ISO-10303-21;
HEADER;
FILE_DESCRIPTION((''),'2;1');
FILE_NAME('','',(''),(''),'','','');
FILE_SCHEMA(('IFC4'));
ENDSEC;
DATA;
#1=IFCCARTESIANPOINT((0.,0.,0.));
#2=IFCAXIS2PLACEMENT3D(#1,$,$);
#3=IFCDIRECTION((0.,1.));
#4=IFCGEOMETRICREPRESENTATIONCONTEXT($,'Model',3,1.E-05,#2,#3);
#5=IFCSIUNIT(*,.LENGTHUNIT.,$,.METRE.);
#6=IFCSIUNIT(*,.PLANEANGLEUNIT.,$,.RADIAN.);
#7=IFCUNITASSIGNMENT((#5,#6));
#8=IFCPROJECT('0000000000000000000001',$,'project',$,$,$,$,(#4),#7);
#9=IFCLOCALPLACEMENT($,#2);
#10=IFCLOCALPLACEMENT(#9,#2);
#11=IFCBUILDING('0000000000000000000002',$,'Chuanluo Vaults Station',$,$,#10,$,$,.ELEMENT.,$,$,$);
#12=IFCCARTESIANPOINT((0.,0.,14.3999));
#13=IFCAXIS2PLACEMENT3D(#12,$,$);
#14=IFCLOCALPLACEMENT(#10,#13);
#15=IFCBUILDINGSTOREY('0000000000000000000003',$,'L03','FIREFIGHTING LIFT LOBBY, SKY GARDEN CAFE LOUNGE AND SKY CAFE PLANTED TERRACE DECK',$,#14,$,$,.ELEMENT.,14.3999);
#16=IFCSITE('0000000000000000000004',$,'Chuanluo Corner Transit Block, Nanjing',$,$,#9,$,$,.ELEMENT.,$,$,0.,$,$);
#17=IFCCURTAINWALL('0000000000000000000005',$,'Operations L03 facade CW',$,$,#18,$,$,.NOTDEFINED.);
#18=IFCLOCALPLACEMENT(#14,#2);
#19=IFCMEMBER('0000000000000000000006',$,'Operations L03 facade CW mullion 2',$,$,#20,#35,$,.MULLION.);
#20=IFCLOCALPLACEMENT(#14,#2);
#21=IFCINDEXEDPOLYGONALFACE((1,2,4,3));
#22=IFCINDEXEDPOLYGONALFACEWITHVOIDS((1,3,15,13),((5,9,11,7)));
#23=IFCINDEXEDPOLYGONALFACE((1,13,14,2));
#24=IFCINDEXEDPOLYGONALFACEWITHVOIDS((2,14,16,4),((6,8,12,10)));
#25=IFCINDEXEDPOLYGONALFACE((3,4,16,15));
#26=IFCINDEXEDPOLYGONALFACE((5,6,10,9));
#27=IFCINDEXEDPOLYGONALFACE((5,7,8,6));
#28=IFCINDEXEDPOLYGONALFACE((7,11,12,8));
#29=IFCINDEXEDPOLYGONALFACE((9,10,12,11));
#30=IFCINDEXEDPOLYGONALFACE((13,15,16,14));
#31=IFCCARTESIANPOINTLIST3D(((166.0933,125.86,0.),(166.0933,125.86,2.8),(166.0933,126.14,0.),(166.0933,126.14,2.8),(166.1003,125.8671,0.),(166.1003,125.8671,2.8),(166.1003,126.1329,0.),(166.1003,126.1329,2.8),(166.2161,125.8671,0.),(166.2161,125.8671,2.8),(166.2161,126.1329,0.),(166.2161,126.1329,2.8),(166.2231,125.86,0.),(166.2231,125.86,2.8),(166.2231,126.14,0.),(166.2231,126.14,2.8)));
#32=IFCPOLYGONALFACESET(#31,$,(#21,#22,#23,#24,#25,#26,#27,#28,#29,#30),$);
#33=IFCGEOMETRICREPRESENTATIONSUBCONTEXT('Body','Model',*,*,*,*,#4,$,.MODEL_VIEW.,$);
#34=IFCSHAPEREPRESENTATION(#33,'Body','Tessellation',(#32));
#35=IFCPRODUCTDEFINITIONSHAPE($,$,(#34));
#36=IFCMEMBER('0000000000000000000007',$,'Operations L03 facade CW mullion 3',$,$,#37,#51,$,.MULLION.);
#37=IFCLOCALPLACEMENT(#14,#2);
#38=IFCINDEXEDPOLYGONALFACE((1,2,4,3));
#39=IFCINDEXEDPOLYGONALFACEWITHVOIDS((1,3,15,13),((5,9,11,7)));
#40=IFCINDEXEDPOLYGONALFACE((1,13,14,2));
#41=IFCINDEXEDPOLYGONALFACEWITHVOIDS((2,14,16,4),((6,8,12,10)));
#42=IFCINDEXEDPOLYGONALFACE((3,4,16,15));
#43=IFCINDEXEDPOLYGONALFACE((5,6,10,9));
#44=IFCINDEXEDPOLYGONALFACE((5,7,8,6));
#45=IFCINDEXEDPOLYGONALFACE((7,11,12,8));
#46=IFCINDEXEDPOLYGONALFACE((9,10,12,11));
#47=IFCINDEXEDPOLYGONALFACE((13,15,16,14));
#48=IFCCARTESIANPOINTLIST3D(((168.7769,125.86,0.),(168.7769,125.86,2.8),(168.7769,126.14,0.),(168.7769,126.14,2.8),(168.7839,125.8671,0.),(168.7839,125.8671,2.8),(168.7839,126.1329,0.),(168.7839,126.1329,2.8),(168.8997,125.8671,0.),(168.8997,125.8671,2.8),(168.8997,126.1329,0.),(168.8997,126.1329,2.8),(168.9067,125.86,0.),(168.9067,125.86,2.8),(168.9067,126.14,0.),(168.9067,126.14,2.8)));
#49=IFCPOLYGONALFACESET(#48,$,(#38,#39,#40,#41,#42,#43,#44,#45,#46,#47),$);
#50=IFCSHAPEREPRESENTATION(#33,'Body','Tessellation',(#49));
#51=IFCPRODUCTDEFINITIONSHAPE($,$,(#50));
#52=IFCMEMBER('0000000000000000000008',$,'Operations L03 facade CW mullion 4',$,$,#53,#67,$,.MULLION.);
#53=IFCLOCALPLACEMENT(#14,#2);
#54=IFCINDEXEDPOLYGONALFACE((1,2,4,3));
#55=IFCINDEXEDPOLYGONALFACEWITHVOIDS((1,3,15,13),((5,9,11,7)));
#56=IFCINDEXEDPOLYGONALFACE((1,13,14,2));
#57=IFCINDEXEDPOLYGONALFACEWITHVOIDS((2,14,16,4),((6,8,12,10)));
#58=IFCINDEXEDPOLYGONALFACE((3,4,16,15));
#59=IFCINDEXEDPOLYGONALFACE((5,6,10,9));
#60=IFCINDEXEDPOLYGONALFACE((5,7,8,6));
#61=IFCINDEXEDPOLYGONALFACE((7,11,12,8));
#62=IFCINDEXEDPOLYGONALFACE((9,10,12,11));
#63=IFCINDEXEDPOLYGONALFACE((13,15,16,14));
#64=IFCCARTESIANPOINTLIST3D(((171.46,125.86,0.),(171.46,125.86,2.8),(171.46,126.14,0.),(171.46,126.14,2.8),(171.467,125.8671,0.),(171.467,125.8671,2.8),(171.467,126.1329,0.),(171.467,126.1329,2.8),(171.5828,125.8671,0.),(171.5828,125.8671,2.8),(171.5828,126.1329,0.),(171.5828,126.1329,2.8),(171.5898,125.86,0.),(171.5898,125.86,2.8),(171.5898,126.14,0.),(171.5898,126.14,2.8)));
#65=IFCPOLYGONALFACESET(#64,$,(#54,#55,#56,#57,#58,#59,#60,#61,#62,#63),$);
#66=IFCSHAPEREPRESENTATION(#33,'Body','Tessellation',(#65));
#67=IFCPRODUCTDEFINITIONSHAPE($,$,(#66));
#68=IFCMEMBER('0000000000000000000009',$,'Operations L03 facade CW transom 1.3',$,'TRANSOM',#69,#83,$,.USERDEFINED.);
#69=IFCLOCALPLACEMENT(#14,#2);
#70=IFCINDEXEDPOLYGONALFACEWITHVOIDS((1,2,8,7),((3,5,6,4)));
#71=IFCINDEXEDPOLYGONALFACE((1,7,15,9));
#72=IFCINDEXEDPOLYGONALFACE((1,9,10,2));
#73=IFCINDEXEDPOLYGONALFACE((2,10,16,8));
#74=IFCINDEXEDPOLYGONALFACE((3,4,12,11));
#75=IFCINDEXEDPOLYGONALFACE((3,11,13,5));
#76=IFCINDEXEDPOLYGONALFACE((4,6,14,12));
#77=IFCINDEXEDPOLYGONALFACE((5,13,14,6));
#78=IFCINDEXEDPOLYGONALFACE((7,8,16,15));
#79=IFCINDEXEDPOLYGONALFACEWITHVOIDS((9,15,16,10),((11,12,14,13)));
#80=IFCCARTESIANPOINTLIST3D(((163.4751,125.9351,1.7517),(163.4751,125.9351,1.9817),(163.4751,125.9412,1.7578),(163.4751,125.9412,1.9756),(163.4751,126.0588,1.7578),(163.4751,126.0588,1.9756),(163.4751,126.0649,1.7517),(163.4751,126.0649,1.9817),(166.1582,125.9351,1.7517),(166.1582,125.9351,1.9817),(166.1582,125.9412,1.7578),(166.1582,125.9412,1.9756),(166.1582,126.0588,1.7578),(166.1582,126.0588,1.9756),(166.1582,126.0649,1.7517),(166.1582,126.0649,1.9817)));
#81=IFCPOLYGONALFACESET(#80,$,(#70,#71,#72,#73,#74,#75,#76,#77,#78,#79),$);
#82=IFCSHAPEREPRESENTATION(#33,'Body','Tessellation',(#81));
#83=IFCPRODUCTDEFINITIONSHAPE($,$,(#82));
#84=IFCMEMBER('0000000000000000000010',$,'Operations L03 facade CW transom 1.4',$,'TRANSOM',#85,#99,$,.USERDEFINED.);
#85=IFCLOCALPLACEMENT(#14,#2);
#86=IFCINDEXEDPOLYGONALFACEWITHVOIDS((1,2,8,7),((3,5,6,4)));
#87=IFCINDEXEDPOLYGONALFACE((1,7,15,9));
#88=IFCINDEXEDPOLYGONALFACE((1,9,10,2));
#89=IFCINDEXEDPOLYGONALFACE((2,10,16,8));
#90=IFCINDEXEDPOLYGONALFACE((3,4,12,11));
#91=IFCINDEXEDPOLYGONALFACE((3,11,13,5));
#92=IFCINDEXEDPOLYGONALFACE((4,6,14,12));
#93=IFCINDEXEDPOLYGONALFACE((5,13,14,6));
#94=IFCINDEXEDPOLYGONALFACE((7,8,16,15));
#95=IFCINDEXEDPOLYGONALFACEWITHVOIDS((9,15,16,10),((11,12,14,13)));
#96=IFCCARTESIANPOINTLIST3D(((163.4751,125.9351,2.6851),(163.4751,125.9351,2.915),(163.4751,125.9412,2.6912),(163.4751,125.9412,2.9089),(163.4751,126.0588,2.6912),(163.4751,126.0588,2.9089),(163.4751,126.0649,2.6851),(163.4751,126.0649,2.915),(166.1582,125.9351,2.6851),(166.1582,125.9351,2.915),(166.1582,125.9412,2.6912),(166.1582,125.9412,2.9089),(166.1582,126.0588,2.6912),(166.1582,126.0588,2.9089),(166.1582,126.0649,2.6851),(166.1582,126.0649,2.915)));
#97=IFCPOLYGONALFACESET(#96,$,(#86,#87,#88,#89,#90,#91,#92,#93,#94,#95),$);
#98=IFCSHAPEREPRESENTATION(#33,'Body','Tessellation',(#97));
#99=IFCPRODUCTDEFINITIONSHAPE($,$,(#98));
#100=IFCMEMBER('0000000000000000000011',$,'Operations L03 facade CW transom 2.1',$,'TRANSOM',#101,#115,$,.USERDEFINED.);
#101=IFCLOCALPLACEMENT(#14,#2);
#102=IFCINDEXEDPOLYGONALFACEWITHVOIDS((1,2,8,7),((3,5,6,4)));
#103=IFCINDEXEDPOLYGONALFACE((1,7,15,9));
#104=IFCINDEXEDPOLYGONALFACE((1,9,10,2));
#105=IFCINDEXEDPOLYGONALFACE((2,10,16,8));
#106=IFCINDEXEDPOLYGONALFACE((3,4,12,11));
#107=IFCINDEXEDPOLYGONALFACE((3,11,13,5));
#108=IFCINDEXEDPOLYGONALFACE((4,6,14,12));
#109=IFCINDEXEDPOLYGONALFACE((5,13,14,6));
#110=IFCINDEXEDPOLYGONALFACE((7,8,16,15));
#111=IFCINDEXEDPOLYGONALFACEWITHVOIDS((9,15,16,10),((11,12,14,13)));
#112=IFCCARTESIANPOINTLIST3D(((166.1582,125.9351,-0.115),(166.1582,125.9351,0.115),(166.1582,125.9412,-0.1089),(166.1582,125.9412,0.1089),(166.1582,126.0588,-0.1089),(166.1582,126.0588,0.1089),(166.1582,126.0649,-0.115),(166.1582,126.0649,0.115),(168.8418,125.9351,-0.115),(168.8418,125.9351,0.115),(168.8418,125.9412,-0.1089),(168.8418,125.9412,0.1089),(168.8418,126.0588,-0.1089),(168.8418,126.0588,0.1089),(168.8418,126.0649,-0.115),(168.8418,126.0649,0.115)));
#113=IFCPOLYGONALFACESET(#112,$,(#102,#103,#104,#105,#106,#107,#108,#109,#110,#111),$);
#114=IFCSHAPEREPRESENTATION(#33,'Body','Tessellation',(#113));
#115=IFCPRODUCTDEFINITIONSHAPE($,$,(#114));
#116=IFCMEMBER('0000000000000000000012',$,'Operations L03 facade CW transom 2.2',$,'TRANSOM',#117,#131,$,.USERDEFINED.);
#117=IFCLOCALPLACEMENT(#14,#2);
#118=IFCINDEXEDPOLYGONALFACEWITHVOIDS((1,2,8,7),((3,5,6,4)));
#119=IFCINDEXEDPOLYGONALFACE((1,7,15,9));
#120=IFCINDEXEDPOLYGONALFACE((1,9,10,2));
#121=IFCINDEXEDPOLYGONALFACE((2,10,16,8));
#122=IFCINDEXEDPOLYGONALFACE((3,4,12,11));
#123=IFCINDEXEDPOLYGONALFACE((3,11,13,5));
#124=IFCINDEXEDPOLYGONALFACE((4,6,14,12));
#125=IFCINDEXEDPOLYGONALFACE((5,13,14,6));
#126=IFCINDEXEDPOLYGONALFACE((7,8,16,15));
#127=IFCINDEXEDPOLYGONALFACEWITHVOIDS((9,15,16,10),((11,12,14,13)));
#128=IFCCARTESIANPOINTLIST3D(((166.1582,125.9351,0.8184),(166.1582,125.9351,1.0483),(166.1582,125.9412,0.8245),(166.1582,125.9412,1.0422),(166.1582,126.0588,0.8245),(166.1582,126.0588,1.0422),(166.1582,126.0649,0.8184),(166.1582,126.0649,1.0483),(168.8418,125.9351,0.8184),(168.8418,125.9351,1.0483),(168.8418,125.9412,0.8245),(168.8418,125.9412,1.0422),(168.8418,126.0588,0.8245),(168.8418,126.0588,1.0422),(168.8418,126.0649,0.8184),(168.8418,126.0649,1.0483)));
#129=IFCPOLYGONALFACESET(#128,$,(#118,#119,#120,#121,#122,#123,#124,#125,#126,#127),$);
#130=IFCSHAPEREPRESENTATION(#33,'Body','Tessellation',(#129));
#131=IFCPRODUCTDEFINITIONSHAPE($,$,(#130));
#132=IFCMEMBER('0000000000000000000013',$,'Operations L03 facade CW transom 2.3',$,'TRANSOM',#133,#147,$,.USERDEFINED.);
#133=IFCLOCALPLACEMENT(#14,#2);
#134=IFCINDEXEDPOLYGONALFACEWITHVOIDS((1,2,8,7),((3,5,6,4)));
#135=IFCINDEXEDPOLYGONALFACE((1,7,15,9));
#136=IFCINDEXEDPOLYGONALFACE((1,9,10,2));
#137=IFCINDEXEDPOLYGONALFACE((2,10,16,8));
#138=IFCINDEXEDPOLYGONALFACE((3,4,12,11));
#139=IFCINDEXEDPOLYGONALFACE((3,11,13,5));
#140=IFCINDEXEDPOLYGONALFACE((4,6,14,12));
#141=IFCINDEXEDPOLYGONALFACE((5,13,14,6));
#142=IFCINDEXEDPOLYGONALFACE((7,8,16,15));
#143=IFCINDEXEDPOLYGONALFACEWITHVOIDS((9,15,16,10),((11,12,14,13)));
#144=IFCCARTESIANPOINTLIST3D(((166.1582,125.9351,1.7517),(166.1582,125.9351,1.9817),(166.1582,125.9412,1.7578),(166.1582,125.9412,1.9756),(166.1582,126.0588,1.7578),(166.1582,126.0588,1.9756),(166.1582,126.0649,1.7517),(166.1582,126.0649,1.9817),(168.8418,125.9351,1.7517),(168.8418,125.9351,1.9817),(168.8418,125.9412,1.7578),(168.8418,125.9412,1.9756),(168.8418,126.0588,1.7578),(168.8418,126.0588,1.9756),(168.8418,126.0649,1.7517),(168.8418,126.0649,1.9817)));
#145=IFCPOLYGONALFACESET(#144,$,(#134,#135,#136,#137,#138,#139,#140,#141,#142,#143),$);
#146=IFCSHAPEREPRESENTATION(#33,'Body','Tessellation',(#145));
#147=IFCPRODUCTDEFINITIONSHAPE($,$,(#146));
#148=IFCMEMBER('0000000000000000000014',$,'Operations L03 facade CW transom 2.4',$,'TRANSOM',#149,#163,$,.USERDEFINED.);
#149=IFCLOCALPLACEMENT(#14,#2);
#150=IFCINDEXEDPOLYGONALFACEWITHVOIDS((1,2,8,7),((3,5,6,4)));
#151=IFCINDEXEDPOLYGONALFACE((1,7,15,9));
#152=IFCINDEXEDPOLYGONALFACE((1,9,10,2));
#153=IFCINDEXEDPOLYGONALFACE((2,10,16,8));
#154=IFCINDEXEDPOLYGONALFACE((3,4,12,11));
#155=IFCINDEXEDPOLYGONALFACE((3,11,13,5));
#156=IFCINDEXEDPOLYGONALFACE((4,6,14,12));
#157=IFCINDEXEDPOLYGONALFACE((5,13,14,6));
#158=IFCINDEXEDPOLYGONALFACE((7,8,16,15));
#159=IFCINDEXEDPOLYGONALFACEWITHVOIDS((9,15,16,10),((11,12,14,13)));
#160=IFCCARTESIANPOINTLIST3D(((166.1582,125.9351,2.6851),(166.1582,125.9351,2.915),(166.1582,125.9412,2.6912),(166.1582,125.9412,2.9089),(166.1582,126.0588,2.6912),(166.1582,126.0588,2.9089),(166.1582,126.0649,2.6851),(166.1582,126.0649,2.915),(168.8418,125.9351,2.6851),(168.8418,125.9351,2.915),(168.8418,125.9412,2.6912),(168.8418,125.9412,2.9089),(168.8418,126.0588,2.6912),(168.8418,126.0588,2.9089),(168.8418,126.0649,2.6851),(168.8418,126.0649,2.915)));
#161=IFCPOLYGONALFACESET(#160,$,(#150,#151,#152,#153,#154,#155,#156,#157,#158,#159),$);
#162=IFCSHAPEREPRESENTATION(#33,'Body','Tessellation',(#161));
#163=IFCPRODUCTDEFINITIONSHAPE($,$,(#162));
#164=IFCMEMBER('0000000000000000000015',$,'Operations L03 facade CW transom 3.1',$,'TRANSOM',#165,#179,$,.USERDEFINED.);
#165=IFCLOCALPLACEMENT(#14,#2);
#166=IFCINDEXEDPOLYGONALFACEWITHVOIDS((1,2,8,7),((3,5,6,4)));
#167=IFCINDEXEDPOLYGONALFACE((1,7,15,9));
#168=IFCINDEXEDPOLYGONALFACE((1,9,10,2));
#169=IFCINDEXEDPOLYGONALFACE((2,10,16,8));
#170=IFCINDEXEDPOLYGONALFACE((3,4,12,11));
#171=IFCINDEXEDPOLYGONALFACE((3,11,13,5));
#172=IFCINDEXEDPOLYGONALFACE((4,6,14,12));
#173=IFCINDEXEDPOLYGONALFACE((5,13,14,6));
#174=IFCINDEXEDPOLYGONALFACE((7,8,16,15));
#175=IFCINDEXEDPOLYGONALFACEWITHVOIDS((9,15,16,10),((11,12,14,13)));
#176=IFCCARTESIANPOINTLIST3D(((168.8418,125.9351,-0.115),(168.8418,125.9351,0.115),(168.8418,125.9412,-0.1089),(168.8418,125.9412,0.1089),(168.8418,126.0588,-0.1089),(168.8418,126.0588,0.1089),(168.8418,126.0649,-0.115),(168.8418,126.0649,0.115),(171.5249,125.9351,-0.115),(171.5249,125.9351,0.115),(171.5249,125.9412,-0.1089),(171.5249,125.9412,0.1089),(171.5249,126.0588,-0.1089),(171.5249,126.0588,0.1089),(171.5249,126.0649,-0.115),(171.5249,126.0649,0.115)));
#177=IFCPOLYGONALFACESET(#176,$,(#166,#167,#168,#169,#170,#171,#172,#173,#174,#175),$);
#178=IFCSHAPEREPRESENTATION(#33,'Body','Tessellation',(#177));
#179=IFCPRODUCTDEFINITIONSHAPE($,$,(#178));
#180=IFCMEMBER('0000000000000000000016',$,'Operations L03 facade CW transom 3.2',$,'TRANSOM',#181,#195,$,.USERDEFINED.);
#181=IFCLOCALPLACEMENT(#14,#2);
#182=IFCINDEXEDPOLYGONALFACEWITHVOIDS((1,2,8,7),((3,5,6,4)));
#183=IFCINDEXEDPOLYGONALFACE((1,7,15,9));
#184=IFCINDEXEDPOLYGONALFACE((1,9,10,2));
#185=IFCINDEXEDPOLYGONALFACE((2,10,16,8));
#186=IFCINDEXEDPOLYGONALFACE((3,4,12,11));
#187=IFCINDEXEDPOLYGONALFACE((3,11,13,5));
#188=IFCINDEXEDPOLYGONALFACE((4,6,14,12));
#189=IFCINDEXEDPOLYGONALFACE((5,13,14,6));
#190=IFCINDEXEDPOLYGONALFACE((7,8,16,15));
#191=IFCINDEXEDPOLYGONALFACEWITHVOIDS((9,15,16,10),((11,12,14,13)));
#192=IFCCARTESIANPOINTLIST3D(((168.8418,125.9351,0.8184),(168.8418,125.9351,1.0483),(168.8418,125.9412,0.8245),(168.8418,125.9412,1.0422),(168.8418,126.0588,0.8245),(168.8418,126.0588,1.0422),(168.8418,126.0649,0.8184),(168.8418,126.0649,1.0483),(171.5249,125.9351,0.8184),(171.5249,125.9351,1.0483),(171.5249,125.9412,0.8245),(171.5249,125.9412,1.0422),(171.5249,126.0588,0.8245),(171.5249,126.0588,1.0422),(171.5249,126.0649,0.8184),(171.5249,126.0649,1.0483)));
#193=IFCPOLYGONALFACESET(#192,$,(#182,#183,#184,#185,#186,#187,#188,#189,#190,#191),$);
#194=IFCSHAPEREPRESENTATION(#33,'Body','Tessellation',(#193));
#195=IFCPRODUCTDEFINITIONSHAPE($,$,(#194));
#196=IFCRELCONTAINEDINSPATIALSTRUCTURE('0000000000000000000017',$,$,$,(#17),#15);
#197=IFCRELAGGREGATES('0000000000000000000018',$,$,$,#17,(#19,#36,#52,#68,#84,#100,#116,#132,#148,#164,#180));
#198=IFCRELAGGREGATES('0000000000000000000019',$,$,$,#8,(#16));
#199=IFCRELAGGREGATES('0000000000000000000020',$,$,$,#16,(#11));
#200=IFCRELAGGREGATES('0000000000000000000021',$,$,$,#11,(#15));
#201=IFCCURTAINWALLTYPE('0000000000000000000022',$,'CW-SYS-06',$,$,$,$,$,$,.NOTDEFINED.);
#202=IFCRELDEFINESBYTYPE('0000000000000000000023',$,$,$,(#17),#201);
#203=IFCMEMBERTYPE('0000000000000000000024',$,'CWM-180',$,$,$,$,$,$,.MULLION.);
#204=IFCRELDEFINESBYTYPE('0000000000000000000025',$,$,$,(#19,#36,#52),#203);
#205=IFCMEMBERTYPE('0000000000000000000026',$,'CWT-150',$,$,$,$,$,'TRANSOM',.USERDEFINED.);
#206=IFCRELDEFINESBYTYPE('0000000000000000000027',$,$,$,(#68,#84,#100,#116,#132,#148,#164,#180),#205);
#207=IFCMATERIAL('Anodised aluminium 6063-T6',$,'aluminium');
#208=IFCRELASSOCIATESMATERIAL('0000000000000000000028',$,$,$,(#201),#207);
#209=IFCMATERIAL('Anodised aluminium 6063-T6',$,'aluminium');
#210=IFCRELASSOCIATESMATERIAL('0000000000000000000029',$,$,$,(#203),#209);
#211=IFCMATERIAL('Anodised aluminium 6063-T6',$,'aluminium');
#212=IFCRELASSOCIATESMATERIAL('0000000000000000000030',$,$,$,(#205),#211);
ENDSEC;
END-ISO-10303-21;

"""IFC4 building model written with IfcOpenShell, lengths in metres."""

from ifc_helpers import new_model, si_unit, direction, frame, origin, origin_2d, place, context, subcontext, project, spatial, hollow_rectangle, extrude, material, material_profile, profile_set, type_object, element, aggregate, save


model = new_model("IFC4")

# Units and contexts
model_context = context("Model", 3, precision=1e-05, world=origin(), true_north=direction((0.0, 1.0)))
body_context = subcontext(model_context, "Body", "Model", "MODEL_VIEW")
ifc_project = project(units=[si_unit("LENGTHUNIT", "METRE"), si_unit("PLANEANGLEUNIT", "RADIAN")], contexts=[model_context])

# Site, building, storey
site_placement = place(None, origin())
site = spatial("IfcSite", under=ifc_project, at=site_placement, Name="Chuanluo Corner Transit Block, Nanjing", CompositionType="ELEMENT", RefElevation=0.0)
building_placement = place(site_placement, origin())
building = spatial("IfcBuilding", under=site, at=building_placement, Name="Chuanluo Vaults Station", CompositionType="ELEMENT")
storey_placement = place(building_placement, frame((0.0, 0.0, 14.3999)))
storey = spatial("IfcBuildingStorey", under=building, at=storey_placement, Name="L03", Description="FIREFIGHTING LIFT LOBBY, SKY GARDEN CAFE LOUNGE AND SKY CAFE PLANTED TERRACE DECK", CompositionType="ELEMENT", Elevation=14.3999)

# Curtain wall, members
ifc_material_1 = material(Name="Anodised aluminium 6063-T6", Category="aluminium")
curtain_wall_type = type_object("IfcCurtainWallType", Name="CW-SYS-06", PredefinedType="NOTDEFINED", material=ifc_material_1)
curtain_wall_placement = place(storey_placement, origin())
curtain_wall = element("IfcCurtainWall", 1, at=curtain_wall_placement, inside=storey, type_object=curtain_wall_type, Name="Operations L03 facade CW", PredefinedType="NOTDEFINED")
ifc_material_2 = material(Name="Anodised aluminium 6063-T6", Category="aluminium")
ifc_material_profile_1 = material_profile(ifc_material_2, hollow_rectangle(XDim=0.1299, YDim=0.28, WallThickness=0.0071, at=origin_2d()))
ifc_profile_set_1 = profile_set([ifc_material_profile_1], Name="Anodised aluminium 6063-T6")
member_type_1 = type_object("IfcMemberType", Name="CWM-180", PredefinedType="MULLION", material=ifc_profile_set_1)
member_1_placement = place(storey_placement, frame((166.1582, 126.0, 0.0), z_axis=(0.0, 0.0, 1.0), x_axis=(1.0, 0.0, 0.0)))
member_1 = element("IfcMember", 2, at=member_1_placement, type_object=member_type_1, Name="Operations L03 facade CW mullion 2", PredefinedType="MULLION", context=body_context, shape_type="SweptSolid", body=[
    extrude(hollow_rectangle(XDim=0.1299, YDim=0.28, WallThickness=0.0071, at=origin_2d()), origin(), (0.0, 0.0, 1.0), 2.8),
])
member_2_placement = place(storey_placement, frame((168.8418, 126.0, 0.0), z_axis=(0.0, 0.0, 1.0), x_axis=(1.0, 0.0, 0.0)))
member_2 = element("IfcMember", 3, at=member_2_placement, type_object=member_type_1, Name="Operations L03 facade CW mullion 3", PredefinedType="MULLION", context=body_context, shape_type="SweptSolid", body=[
    extrude(hollow_rectangle(XDim=0.1299, YDim=0.28, WallThickness=0.0071, at=origin_2d()), origin(), (0.0, 0.0, 1.0), 2.8),
])
member_3_placement = place(storey_placement, frame((171.5249, 126.0, 0.0), z_axis=(0.0, 0.0, 1.0), x_axis=(1.0, 0.0, 0.0)))
member_3 = element("IfcMember", 4, at=member_3_placement, type_object=member_type_1, Name="Operations L03 facade CW mullion 4", PredefinedType="MULLION", context=body_context, shape_type="SweptSolid", body=[
    extrude(hollow_rectangle(XDim=0.1299, YDim=0.28, WallThickness=0.0071, at=origin_2d()), origin(), (0.0, 0.0, 1.0), 2.8),
])
ifc_material_3 = material(Name="Anodised aluminium 6063-T6", Category="aluminium")
ifc_material_profile_2 = material_profile(ifc_material_3, hollow_rectangle(XDim=0.1299, YDim=0.23, WallThickness=0.0061, at=origin_2d()))
ifc_profile_set_2 = profile_set([ifc_material_profile_2], Name="Anodised aluminium 6063-T6")
member_type_2 = type_object("IfcMemberType", Name="CWT-150", ElementType="TRANSOM", PredefinedType="USERDEFINED", material=ifc_profile_set_2)
member_4_placement = place(storey_placement, frame((163.4751, 126.0, 1.8667), z_axis=(1.0, 0.0, 0.0), x_axis=(0.0, 1.0, 0.0)))
member_4 = element("IfcMember", 5, at=member_4_placement, type_object=member_type_2, Name="Operations L03 facade CW transom 1.3", ObjectType="TRANSOM", PredefinedType="USERDEFINED", context=body_context, shape_type="SweptSolid", body=[
    extrude(hollow_rectangle(XDim=0.1299, YDim=0.23, WallThickness=0.0061, at=origin_2d()), origin(), (0.0, 0.0, 1.0), 2.6831),
])
member_5_placement = place(storey_placement, frame((163.4751, 126.0, 2.8), z_axis=(1.0, 0.0, 0.0), x_axis=(0.0, 1.0, 0.0)))
member_5 = element("IfcMember", 6, at=member_5_placement, type_object=member_type_2, Name="Operations L03 facade CW transom 1.4", ObjectType="TRANSOM", PredefinedType="USERDEFINED", context=body_context, shape_type="SweptSolid", body=[
    extrude(hollow_rectangle(XDim=0.1299, YDim=0.23, WallThickness=0.0061, at=origin_2d()), origin(), (0.0, 0.0, 1.0), 2.6831),
])
member_6_placement = place(storey_placement, frame((166.1582, 126.0, 0.0), z_axis=(1.0, 0.0, 0.0), x_axis=(0.0, 1.0, 0.0)))
member_6 = element("IfcMember", 7, at=member_6_placement, type_object=member_type_2, Name="Operations L03 facade CW transom 2.1", ObjectType="TRANSOM", PredefinedType="USERDEFINED", context=body_context, shape_type="SweptSolid", body=[
    extrude(hollow_rectangle(XDim=0.1299, YDim=0.23, WallThickness=0.0061, at=origin_2d()), origin(), (0.0, 0.0, 1.0), 2.6836),
])
member_7_placement = place(storey_placement, frame((166.1582, 126.0, 0.9333), z_axis=(1.0, 0.0, 0.0), x_axis=(0.0, 1.0, 0.0)))
member_7 = element("IfcMember", 8, at=member_7_placement, type_object=member_type_2, Name="Operations L03 facade CW transom 2.2", ObjectType="TRANSOM", PredefinedType="USERDEFINED", context=body_context, shape_type="SweptSolid", body=[
    extrude(hollow_rectangle(XDim=0.1299, YDim=0.23, WallThickness=0.0061, at=origin_2d()), origin(), (0.0, 0.0, 1.0), 2.6836),
])
member_8_placement = place(storey_placement, frame((166.1582, 126.0, 1.8667), z_axis=(1.0, 0.0, 0.0), x_axis=(0.0, 1.0, 0.0)))
member_8 = element("IfcMember", 9, at=member_8_placement, type_object=member_type_2, Name="Operations L03 facade CW transom 2.3", ObjectType="TRANSOM", PredefinedType="USERDEFINED", context=body_context, shape_type="SweptSolid", body=[
    extrude(hollow_rectangle(XDim=0.1299, YDim=0.23, WallThickness=0.0061, at=origin_2d()), origin(), (0.0, 0.0, 1.0), 2.6836),
])
member_9_placement = place(storey_placement, frame((166.1582, 126.0, 2.8), z_axis=(1.0, 0.0, 0.0), x_axis=(0.0, 1.0, 0.0)))
member_9 = element("IfcMember", 10, at=member_9_placement, type_object=member_type_2, Name="Operations L03 facade CW transom 2.4", ObjectType="TRANSOM", PredefinedType="USERDEFINED", context=body_context, shape_type="SweptSolid", body=[
    extrude(hollow_rectangle(XDim=0.1299, YDim=0.23, WallThickness=0.0061, at=origin_2d()), origin(), (0.0, 0.0, 1.0), 2.6836),
])
member_10_placement = place(storey_placement, frame((168.8418, 126.0, 0.0), z_axis=(1.0, 0.0, 0.0), x_axis=(0.0, 1.0, 0.0)))
member_10 = element("IfcMember", 11, at=member_10_placement, type_object=member_type_2, Name="Operations L03 facade CW transom 3.1", ObjectType="TRANSOM", PredefinedType="USERDEFINED", context=body_context, shape_type="SweptSolid", body=[
    extrude(hollow_rectangle(XDim=0.1299, YDim=0.23, WallThickness=0.0061, at=origin_2d()), origin(), (0.0, 0.0, 1.0), 2.6831),
])
member_11_placement = place(storey_placement, frame((168.8418, 126.0, 0.9333), z_axis=(1.0, 0.0, 0.0), x_axis=(0.0, 1.0, 0.0)))
member_11 = element("IfcMember", 12, at=member_11_placement, type_object=member_type_2, Name="Operations L03 facade CW transom 3.2", ObjectType="TRANSOM", PredefinedType="USERDEFINED", context=body_context, shape_type="SweptSolid", body=[
    extrude(hollow_rectangle(XDim=0.1299, YDim=0.23, WallThickness=0.0061, at=origin_2d()), origin(), (0.0, 0.0, 1.0), 2.6831),
])
aggregate(curtain_wall, [member_1, member_2, member_3, member_4, member_5, member_6, member_7, member_8, member_9, member_10, member_11])

save(model, "model.ifc")
